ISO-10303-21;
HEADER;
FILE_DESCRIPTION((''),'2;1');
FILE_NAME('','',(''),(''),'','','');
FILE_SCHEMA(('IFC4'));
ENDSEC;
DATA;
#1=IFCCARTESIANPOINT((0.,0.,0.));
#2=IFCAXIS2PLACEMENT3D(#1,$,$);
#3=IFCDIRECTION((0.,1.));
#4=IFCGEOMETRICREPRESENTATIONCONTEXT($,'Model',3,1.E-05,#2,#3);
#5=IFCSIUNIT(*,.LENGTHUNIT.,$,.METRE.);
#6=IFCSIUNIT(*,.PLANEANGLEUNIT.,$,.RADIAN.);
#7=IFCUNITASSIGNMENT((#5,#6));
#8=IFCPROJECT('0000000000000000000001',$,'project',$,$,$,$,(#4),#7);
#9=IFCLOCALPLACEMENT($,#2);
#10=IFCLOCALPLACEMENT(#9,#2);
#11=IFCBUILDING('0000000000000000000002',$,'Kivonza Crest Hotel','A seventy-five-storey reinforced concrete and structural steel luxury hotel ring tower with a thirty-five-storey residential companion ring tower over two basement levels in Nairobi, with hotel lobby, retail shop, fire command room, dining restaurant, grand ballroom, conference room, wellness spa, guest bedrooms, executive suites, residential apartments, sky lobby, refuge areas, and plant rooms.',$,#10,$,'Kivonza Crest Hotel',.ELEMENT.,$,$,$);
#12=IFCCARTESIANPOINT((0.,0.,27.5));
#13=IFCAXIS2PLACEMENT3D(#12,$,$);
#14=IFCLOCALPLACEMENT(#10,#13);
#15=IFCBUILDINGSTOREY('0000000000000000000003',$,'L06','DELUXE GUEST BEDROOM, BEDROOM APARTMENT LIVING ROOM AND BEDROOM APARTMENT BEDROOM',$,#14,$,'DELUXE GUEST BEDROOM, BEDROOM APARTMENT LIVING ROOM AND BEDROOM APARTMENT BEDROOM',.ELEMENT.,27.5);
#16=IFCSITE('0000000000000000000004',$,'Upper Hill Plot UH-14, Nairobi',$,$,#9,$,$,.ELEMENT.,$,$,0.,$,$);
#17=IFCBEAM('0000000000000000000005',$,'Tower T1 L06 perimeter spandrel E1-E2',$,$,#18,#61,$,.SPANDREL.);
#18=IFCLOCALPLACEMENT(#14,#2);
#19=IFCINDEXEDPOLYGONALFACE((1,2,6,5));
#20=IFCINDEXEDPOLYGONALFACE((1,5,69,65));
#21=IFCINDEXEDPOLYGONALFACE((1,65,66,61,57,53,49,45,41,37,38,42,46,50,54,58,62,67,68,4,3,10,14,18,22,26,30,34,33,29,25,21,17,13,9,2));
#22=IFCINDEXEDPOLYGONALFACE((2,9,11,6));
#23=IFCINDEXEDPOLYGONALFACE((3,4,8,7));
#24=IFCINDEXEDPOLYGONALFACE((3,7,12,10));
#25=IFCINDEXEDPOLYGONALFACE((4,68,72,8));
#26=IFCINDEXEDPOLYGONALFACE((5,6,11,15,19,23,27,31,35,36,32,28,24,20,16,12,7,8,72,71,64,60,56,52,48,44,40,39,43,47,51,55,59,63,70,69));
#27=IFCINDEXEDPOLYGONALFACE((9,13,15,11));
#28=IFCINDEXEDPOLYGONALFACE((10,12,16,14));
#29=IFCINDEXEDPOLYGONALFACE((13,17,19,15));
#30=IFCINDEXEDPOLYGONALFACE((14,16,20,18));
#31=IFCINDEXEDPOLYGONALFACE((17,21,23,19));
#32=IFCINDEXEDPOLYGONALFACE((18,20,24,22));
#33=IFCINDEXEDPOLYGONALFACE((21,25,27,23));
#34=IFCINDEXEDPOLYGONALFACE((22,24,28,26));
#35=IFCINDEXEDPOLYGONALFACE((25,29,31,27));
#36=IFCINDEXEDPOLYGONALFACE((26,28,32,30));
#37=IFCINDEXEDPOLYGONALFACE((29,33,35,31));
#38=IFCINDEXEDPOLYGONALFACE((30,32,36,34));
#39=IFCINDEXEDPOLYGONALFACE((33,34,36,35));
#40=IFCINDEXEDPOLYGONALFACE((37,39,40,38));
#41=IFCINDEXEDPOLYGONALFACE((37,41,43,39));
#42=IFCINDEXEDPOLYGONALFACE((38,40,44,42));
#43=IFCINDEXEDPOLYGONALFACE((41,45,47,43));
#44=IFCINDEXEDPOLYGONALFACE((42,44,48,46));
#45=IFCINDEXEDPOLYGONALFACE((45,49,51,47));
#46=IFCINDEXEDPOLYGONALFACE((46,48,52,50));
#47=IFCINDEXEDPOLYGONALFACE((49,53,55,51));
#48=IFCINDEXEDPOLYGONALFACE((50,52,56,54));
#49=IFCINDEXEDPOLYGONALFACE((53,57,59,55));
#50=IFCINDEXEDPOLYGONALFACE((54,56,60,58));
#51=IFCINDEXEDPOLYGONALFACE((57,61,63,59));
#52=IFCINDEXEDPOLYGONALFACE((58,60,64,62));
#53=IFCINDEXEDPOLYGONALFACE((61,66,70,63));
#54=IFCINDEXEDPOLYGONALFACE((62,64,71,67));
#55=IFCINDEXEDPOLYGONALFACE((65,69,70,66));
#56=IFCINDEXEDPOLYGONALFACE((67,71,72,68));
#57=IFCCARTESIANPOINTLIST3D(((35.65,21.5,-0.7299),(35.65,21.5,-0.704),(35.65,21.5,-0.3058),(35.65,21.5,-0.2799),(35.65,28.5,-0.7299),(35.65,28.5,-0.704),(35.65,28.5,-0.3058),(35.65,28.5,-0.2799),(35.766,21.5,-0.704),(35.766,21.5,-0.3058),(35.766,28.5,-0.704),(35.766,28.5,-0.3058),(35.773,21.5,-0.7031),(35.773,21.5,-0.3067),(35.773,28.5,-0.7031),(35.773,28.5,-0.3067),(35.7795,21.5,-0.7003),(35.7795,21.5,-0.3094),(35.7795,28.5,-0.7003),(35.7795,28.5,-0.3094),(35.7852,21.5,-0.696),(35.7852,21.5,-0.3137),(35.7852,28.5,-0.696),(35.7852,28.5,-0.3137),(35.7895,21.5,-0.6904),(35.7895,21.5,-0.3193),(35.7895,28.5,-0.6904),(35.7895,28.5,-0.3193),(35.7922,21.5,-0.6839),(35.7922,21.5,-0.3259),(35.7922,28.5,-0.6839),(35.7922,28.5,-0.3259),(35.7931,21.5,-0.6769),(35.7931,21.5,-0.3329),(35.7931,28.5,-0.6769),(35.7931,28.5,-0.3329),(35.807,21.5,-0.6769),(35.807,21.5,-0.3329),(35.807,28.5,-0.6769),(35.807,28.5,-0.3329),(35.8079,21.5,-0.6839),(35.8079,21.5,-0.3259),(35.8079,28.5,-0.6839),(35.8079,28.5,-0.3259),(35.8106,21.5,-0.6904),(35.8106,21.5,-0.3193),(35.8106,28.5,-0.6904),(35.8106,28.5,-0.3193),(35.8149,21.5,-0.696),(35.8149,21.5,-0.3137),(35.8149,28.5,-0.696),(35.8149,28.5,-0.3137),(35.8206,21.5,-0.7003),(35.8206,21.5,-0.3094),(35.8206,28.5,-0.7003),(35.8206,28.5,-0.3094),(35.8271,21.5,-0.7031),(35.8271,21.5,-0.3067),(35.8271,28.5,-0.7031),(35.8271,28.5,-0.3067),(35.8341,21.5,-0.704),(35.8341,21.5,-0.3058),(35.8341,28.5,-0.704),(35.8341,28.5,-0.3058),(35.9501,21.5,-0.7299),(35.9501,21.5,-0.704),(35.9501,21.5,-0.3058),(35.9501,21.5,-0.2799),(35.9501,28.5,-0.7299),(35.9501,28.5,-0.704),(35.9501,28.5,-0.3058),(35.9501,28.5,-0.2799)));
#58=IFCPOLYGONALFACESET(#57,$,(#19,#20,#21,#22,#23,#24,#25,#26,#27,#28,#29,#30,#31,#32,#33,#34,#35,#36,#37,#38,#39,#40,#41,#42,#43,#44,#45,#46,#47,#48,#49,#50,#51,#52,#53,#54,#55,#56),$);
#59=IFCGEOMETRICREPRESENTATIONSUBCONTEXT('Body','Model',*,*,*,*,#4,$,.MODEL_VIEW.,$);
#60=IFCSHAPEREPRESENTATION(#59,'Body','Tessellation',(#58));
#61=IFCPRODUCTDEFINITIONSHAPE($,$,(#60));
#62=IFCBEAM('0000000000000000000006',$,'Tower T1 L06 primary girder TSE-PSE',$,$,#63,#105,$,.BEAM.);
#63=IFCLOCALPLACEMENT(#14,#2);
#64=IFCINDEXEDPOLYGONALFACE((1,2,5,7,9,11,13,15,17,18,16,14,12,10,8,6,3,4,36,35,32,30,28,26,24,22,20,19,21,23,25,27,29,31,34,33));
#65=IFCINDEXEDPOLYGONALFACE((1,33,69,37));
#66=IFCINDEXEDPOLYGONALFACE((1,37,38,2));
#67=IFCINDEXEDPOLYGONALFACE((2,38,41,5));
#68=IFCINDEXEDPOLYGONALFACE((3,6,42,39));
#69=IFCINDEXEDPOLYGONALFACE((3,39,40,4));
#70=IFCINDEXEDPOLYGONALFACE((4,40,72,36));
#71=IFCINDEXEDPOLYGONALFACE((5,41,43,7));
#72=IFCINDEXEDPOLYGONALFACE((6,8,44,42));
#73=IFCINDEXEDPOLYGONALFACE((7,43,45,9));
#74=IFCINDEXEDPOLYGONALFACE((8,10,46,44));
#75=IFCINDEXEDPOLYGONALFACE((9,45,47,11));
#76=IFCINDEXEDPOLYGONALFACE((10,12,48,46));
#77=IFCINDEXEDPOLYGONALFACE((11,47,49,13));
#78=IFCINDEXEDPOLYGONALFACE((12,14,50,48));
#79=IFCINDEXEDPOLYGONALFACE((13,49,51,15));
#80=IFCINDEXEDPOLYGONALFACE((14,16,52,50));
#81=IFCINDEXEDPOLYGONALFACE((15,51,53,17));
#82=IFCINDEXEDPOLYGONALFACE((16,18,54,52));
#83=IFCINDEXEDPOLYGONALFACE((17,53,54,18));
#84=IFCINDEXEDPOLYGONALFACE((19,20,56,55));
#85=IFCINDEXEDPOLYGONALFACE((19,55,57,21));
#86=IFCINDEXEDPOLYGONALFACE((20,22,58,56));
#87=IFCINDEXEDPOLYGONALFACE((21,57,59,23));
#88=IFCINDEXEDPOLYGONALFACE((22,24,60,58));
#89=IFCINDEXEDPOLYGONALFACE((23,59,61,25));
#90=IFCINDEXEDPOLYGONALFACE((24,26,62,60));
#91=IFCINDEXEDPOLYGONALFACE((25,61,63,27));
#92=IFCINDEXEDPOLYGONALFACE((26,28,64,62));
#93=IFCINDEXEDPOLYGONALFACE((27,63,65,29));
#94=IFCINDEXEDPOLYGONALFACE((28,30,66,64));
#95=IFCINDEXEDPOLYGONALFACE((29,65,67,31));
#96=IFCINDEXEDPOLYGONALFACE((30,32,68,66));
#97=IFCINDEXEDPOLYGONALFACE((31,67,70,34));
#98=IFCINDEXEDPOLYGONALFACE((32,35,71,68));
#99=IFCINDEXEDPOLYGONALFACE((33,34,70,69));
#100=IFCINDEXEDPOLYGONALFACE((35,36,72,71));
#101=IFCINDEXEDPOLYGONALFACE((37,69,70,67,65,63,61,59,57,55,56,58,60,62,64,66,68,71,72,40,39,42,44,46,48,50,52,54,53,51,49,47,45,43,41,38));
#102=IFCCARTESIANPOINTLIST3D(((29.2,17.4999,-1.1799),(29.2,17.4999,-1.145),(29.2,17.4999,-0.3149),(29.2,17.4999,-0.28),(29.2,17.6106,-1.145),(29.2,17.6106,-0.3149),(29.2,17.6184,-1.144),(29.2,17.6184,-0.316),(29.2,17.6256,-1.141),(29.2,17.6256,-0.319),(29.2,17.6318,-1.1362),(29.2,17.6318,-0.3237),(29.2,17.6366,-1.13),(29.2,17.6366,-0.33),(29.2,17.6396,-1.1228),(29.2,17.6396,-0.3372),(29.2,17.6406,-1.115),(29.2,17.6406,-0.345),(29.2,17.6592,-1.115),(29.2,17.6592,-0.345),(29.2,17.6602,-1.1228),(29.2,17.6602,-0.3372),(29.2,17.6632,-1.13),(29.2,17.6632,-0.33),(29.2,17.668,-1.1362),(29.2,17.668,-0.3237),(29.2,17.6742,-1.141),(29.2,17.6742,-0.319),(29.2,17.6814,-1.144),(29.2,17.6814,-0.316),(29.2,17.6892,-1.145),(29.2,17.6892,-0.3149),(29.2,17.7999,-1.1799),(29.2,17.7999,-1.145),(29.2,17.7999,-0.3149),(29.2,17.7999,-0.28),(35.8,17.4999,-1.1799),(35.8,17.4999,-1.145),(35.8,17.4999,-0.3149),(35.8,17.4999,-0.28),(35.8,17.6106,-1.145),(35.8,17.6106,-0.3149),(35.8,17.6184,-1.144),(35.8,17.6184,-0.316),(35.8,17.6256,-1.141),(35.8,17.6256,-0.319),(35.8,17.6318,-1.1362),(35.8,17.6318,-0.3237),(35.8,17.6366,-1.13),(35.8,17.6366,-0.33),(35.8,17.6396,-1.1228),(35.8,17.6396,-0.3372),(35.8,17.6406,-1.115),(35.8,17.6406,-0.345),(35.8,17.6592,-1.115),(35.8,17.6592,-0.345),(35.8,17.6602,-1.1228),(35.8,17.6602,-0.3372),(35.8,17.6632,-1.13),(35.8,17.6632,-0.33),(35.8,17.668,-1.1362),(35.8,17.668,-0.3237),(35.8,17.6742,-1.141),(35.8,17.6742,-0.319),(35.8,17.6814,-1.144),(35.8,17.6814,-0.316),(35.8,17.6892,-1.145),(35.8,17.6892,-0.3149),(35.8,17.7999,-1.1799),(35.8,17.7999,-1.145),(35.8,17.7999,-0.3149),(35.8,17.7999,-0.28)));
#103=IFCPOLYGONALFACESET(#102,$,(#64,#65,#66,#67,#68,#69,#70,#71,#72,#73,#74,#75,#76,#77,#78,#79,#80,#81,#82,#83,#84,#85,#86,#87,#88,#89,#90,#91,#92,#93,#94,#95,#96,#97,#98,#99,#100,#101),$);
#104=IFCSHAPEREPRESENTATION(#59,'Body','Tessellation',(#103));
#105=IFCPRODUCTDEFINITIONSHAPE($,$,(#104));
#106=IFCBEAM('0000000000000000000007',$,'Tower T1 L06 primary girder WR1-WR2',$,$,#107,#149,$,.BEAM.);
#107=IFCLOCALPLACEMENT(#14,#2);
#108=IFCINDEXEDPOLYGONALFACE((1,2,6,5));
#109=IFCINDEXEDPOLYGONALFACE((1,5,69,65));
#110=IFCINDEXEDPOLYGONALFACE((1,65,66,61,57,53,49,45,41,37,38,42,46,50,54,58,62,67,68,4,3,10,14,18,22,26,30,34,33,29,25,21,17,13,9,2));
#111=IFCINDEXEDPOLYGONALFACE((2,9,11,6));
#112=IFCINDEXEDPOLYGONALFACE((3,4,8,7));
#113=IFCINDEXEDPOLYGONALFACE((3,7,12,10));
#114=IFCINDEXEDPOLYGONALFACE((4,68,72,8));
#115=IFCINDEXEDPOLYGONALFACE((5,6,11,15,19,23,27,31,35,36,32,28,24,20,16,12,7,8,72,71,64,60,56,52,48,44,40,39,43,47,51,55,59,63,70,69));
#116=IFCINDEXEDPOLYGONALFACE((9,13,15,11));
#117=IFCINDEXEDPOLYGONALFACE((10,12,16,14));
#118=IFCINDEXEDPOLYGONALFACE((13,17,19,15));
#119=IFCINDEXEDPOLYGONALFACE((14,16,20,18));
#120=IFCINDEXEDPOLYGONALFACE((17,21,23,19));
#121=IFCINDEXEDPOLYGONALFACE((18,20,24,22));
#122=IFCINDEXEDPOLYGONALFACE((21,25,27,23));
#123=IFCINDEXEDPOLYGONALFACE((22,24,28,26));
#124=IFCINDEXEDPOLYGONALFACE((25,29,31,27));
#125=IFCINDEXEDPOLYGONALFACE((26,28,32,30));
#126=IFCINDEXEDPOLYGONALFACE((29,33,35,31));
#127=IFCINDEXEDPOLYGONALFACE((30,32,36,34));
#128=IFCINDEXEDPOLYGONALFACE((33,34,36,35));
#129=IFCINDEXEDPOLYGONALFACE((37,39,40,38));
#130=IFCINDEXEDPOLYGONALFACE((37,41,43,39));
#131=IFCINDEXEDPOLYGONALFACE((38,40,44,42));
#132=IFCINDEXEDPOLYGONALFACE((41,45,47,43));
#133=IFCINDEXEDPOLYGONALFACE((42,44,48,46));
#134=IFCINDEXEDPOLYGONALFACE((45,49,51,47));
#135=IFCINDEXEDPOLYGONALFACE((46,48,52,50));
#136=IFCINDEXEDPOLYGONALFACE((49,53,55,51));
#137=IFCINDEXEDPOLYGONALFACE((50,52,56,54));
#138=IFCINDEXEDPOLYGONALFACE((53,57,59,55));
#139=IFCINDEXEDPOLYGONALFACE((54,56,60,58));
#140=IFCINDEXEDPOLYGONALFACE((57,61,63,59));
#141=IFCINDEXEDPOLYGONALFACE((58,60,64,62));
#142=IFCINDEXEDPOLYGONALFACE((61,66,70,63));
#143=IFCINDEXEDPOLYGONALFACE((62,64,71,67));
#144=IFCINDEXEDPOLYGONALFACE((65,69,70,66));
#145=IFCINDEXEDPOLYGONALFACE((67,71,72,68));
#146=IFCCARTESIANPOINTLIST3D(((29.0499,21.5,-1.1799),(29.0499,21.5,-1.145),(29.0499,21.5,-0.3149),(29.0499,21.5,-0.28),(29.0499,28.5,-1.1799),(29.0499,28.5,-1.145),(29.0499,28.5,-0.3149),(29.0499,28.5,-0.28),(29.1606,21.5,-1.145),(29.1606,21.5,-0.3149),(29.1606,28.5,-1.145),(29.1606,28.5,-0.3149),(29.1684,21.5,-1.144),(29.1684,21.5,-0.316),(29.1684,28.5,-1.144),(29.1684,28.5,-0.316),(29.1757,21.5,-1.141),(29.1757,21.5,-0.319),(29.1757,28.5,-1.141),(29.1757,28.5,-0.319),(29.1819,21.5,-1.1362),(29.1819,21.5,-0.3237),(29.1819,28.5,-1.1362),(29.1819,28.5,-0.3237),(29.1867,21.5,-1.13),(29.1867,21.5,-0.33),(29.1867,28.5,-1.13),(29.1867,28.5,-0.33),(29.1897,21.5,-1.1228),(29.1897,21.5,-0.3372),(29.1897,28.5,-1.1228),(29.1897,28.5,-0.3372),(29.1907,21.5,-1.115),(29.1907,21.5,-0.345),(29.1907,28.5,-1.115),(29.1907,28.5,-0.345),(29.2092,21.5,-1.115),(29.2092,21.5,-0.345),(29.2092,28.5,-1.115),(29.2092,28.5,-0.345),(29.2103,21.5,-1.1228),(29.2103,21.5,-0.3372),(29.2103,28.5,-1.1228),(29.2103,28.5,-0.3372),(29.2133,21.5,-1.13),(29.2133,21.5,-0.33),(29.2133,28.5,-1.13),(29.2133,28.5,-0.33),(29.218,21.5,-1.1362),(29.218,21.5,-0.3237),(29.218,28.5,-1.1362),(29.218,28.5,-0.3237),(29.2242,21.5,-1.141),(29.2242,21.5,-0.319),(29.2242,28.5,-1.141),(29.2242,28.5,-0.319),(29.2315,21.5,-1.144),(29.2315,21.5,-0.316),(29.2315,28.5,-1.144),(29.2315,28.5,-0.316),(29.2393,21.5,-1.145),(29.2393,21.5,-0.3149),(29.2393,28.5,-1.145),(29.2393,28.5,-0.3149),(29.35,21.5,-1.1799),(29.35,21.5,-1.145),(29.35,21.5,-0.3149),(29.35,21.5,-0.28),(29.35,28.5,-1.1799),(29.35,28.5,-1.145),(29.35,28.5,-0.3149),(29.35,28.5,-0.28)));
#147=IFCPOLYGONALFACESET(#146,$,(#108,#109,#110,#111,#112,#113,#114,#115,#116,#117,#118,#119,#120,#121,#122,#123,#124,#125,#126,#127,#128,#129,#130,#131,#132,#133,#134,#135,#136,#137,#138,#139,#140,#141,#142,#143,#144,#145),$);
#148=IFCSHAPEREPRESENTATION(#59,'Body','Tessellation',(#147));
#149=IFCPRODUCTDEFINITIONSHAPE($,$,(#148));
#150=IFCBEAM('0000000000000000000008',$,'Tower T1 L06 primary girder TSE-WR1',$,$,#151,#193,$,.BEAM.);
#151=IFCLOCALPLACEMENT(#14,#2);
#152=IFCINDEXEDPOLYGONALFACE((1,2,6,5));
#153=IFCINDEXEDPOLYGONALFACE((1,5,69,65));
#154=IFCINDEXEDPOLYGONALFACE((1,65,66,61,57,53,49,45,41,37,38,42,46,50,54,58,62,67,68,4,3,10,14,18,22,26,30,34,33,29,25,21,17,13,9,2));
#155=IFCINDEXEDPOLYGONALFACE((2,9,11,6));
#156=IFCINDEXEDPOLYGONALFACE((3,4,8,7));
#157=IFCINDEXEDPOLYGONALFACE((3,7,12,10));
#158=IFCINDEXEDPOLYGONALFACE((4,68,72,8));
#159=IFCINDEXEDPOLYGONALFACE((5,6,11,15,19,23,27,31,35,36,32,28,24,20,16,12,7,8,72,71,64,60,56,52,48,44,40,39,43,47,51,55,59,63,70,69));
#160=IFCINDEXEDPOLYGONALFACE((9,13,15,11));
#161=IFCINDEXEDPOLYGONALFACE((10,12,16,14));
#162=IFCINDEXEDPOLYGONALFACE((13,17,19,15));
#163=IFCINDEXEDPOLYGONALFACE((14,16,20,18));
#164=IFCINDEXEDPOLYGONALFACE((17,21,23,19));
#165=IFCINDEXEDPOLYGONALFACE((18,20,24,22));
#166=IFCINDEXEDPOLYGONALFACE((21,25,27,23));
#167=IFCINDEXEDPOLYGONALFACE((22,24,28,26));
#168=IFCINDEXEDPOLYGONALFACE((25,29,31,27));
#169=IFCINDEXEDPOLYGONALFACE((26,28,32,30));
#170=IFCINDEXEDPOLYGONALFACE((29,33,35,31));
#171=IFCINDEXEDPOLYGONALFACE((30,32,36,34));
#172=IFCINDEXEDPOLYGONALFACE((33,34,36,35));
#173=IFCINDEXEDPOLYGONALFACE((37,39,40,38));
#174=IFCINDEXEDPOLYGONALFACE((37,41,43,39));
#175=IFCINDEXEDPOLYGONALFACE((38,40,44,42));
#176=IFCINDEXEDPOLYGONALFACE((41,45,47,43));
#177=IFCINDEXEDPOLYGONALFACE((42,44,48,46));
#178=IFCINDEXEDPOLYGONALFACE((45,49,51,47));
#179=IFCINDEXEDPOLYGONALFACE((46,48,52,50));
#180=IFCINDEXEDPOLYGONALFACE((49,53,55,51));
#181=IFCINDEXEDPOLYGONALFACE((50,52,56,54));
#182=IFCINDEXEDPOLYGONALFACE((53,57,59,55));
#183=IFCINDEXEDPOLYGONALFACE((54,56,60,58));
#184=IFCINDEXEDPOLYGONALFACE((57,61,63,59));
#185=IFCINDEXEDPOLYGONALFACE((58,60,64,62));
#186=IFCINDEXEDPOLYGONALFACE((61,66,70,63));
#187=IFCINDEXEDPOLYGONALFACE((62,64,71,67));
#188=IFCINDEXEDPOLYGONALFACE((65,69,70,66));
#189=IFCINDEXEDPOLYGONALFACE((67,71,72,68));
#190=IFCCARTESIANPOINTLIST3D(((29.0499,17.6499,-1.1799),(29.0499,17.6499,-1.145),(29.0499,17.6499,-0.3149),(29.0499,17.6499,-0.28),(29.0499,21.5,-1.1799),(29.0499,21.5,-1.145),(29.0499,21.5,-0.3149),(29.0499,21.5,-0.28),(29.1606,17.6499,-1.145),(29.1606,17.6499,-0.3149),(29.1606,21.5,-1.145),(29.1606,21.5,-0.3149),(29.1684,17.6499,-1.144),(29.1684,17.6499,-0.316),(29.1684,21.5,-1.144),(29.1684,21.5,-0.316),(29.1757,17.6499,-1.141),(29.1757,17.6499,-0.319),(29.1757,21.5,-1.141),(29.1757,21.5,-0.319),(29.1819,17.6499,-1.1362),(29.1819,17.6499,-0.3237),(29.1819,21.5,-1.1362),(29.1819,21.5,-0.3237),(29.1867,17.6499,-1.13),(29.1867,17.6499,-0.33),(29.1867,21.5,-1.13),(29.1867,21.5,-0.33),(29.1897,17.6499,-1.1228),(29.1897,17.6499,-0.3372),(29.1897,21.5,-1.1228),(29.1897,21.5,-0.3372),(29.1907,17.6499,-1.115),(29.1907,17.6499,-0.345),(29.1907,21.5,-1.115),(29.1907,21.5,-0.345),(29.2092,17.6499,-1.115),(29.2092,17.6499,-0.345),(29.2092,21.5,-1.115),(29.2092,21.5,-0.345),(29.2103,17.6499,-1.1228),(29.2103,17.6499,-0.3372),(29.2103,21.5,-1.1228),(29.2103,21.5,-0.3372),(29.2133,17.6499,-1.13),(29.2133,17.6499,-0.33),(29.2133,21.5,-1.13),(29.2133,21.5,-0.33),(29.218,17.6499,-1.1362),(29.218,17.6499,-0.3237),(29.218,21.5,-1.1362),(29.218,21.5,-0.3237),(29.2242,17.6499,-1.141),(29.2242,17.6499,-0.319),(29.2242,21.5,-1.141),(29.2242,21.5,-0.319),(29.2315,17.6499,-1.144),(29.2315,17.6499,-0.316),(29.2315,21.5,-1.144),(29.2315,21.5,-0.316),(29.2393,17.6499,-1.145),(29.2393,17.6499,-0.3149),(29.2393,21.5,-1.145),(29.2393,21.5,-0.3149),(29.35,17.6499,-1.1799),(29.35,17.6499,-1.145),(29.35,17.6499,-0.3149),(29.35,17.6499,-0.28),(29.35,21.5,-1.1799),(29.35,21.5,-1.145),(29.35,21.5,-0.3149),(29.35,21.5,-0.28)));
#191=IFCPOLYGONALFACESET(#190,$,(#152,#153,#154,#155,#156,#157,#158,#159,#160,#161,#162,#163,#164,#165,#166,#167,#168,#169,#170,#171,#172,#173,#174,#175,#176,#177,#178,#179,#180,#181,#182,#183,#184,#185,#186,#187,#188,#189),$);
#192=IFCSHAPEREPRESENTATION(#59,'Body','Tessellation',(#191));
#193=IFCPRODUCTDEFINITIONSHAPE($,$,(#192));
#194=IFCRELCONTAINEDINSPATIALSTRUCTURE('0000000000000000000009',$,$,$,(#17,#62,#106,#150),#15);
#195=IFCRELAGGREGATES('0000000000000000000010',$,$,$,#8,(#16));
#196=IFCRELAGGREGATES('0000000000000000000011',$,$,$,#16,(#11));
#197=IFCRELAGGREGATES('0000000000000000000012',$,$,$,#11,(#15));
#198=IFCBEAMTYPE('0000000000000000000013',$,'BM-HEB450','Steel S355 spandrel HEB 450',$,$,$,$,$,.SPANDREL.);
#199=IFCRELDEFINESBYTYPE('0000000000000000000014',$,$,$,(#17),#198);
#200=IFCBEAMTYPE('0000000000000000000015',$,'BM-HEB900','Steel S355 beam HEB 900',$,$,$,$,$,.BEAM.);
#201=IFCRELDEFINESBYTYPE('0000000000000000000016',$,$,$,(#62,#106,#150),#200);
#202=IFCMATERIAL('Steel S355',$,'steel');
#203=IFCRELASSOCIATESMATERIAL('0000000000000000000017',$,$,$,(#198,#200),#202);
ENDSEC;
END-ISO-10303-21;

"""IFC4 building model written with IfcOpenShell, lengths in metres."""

from ifc_helpers import new_model, si_unit, direction, frame, origin, origin_2d, place, context, subcontext, project, spatial, i_section, extrude, material, material_profile, profile_set, type_object, element, save


model = new_model("IFC4")

# Units and contexts
model_context = context("Model", 3, precision=1e-05, world=origin(), true_north=direction((0.0, 1.0)))
body_context = subcontext(model_context, "Body", "Model", "MODEL_VIEW")
ifc_project = project(units=[si_unit("LENGTHUNIT", "METRE"), si_unit("PLANEANGLEUNIT", "RADIAN")], contexts=[model_context])

# Site, building, storey
site_placement = place(None, origin())
site = spatial("IfcSite", under=ifc_project, at=site_placement, Name="Upper Hill Plot UH-14, Nairobi", CompositionType="ELEMENT", RefElevation=0.0)
building_placement = place(site_placement, origin())
building = spatial("IfcBuilding", under=site, at=building_placement, Name="Kivonza Crest Hotel", Description="A seventy-five-storey reinforced concrete and structural steel luxury hotel ring tower with a thirty-five-storey residential companion ring tower over two basement levels in Nairobi, with hotel lobby, retail shop, fire command room, dining restaurant, grand ballroom, conference room, wellness spa, guest bedrooms, executive suites, residential apartments, sky lobby, refuge areas, and plant rooms.", LongName="Kivonza Crest Hotel", CompositionType="ELEMENT")
storey_placement = place(building_placement, frame((0.0, 0.0, 27.5)))
storey = spatial("IfcBuildingStorey", under=building, at=storey_placement, Name="L06", Description="DELUXE GUEST BEDROOM, BEDROOM APARTMENT LIVING ROOM AND BEDROOM APARTMENT BEDROOM", LongName="DELUXE GUEST BEDROOM, BEDROOM APARTMENT LIVING ROOM AND BEDROOM APARTMENT BEDROOM", CompositionType="ELEMENT", Elevation=27.5)

# Beams
ifc_material_1 = material(Name="Steel S355", Category="steel")
ifc_material_profile_1 = material_profile(ifc_material_1, i_section(OverallWidth=0.3, OverallDepth=0.45, WebThickness=0.0139, FlangeThickness=0.0259, FilletRadius=0.0271, at=origin_2d()), Name="HEB 450")
ifc_profile_set_1 = profile_set([ifc_material_profile_1], Name="Steel S355")
beam_type_1 = type_object("IfcBeamType", Name="BM-HEB450", Description="Steel S355 spandrel HEB 450", PredefinedType="SPANDREL", material=ifc_profile_set_1)
beam_1_placement = place(storey_placement, frame((35.8, 21.5, -0.5049), z_axis=(0.0, 1.0, 0.0), x_axis=(-1.0, 0.0, 0.0)))
element("IfcBeam", 1, at=beam_1_placement, inside=storey, type_object=beam_type_1, Name="Tower T1 L06 perimeter spandrel E1-E2", PredefinedType="SPANDREL", context=body_context, shape_type="SweptSolid", body=[
    extrude(i_section(OverallWidth=0.3, OverallDepth=0.45, WebThickness=0.0139, FlangeThickness=0.0259, FilletRadius=0.0271, at=origin_2d()), origin(), (0.0, 0.0, 1.0), 7.0),
])
ifc_material_profile_2 = material_profile(ifc_material_1, i_section(OverallWidth=0.3, OverallDepth=0.8999, WebThickness=0.0186, FlangeThickness=0.0349, FilletRadius=0.03, at=origin_2d()), Name="HEB 900")
ifc_profile_set_2 = profile_set([ifc_material_profile_2], Name="Steel S355")
beam_type_2 = type_object("IfcBeamType", Name="BM-HEB900", Description="Steel S355 beam HEB 900", PredefinedType="BEAM", material=ifc_profile_set_2)
beam_2_placement = place(storey_placement, frame((29.2, 17.6499, -0.73), z_axis=(1.0, 0.0, 0.0), x_axis=(0.0, 1.0, 0.0)))
element("IfcBeam", 2, at=beam_2_placement, inside=storey, type_object=beam_type_2, Name="Tower T1 L06 primary girder TSE-PSE", PredefinedType="BEAM", context=body_context, shape_type="SweptSolid", body=[
    extrude(i_section(OverallWidth=0.3, OverallDepth=0.8999, WebThickness=0.0186, FlangeThickness=0.0349, FilletRadius=0.03, at=origin_2d()), origin(), (0.0, 0.0, 1.0), 6.6001),
])
beam_3_placement = place(storey_placement, frame((29.2, 21.5, -0.73), z_axis=(0.0, 1.0, 0.0), x_axis=(-1.0, 0.0, 0.0)))
element("IfcBeam", 3, at=beam_3_placement, inside=storey, type_object=beam_type_2, Name="Tower T1 L06 primary girder WR1-WR2", PredefinedType="BEAM", context=body_context, shape_type="SweptSolid", body=[
    extrude(i_section(OverallWidth=0.3, OverallDepth=0.8999, WebThickness=0.0186, FlangeThickness=0.0349, FilletRadius=0.03, at=origin_2d()), origin(), (0.0, 0.0, 1.0), 7.0),
])
beam_4_placement = place(storey_placement, frame((29.2, 17.6499, -0.73), z_axis=(0.0, 1.0, 0.0), x_axis=(-1.0, 0.0, 0.0)))
element("IfcBeam", 4, at=beam_4_placement, inside=storey, type_object=beam_type_2, Name="Tower T1 L06 primary girder TSE-WR1", PredefinedType="BEAM", context=body_context, shape_type="SweptSolid", body=[
    extrude(i_section(OverallWidth=0.3, OverallDepth=0.8999, WebThickness=0.0186, FlangeThickness=0.0349, FilletRadius=0.03, at=origin_2d()), origin(), (0.0, 0.0, 1.0), 3.8501),
])

save(model, "model.ifc")
